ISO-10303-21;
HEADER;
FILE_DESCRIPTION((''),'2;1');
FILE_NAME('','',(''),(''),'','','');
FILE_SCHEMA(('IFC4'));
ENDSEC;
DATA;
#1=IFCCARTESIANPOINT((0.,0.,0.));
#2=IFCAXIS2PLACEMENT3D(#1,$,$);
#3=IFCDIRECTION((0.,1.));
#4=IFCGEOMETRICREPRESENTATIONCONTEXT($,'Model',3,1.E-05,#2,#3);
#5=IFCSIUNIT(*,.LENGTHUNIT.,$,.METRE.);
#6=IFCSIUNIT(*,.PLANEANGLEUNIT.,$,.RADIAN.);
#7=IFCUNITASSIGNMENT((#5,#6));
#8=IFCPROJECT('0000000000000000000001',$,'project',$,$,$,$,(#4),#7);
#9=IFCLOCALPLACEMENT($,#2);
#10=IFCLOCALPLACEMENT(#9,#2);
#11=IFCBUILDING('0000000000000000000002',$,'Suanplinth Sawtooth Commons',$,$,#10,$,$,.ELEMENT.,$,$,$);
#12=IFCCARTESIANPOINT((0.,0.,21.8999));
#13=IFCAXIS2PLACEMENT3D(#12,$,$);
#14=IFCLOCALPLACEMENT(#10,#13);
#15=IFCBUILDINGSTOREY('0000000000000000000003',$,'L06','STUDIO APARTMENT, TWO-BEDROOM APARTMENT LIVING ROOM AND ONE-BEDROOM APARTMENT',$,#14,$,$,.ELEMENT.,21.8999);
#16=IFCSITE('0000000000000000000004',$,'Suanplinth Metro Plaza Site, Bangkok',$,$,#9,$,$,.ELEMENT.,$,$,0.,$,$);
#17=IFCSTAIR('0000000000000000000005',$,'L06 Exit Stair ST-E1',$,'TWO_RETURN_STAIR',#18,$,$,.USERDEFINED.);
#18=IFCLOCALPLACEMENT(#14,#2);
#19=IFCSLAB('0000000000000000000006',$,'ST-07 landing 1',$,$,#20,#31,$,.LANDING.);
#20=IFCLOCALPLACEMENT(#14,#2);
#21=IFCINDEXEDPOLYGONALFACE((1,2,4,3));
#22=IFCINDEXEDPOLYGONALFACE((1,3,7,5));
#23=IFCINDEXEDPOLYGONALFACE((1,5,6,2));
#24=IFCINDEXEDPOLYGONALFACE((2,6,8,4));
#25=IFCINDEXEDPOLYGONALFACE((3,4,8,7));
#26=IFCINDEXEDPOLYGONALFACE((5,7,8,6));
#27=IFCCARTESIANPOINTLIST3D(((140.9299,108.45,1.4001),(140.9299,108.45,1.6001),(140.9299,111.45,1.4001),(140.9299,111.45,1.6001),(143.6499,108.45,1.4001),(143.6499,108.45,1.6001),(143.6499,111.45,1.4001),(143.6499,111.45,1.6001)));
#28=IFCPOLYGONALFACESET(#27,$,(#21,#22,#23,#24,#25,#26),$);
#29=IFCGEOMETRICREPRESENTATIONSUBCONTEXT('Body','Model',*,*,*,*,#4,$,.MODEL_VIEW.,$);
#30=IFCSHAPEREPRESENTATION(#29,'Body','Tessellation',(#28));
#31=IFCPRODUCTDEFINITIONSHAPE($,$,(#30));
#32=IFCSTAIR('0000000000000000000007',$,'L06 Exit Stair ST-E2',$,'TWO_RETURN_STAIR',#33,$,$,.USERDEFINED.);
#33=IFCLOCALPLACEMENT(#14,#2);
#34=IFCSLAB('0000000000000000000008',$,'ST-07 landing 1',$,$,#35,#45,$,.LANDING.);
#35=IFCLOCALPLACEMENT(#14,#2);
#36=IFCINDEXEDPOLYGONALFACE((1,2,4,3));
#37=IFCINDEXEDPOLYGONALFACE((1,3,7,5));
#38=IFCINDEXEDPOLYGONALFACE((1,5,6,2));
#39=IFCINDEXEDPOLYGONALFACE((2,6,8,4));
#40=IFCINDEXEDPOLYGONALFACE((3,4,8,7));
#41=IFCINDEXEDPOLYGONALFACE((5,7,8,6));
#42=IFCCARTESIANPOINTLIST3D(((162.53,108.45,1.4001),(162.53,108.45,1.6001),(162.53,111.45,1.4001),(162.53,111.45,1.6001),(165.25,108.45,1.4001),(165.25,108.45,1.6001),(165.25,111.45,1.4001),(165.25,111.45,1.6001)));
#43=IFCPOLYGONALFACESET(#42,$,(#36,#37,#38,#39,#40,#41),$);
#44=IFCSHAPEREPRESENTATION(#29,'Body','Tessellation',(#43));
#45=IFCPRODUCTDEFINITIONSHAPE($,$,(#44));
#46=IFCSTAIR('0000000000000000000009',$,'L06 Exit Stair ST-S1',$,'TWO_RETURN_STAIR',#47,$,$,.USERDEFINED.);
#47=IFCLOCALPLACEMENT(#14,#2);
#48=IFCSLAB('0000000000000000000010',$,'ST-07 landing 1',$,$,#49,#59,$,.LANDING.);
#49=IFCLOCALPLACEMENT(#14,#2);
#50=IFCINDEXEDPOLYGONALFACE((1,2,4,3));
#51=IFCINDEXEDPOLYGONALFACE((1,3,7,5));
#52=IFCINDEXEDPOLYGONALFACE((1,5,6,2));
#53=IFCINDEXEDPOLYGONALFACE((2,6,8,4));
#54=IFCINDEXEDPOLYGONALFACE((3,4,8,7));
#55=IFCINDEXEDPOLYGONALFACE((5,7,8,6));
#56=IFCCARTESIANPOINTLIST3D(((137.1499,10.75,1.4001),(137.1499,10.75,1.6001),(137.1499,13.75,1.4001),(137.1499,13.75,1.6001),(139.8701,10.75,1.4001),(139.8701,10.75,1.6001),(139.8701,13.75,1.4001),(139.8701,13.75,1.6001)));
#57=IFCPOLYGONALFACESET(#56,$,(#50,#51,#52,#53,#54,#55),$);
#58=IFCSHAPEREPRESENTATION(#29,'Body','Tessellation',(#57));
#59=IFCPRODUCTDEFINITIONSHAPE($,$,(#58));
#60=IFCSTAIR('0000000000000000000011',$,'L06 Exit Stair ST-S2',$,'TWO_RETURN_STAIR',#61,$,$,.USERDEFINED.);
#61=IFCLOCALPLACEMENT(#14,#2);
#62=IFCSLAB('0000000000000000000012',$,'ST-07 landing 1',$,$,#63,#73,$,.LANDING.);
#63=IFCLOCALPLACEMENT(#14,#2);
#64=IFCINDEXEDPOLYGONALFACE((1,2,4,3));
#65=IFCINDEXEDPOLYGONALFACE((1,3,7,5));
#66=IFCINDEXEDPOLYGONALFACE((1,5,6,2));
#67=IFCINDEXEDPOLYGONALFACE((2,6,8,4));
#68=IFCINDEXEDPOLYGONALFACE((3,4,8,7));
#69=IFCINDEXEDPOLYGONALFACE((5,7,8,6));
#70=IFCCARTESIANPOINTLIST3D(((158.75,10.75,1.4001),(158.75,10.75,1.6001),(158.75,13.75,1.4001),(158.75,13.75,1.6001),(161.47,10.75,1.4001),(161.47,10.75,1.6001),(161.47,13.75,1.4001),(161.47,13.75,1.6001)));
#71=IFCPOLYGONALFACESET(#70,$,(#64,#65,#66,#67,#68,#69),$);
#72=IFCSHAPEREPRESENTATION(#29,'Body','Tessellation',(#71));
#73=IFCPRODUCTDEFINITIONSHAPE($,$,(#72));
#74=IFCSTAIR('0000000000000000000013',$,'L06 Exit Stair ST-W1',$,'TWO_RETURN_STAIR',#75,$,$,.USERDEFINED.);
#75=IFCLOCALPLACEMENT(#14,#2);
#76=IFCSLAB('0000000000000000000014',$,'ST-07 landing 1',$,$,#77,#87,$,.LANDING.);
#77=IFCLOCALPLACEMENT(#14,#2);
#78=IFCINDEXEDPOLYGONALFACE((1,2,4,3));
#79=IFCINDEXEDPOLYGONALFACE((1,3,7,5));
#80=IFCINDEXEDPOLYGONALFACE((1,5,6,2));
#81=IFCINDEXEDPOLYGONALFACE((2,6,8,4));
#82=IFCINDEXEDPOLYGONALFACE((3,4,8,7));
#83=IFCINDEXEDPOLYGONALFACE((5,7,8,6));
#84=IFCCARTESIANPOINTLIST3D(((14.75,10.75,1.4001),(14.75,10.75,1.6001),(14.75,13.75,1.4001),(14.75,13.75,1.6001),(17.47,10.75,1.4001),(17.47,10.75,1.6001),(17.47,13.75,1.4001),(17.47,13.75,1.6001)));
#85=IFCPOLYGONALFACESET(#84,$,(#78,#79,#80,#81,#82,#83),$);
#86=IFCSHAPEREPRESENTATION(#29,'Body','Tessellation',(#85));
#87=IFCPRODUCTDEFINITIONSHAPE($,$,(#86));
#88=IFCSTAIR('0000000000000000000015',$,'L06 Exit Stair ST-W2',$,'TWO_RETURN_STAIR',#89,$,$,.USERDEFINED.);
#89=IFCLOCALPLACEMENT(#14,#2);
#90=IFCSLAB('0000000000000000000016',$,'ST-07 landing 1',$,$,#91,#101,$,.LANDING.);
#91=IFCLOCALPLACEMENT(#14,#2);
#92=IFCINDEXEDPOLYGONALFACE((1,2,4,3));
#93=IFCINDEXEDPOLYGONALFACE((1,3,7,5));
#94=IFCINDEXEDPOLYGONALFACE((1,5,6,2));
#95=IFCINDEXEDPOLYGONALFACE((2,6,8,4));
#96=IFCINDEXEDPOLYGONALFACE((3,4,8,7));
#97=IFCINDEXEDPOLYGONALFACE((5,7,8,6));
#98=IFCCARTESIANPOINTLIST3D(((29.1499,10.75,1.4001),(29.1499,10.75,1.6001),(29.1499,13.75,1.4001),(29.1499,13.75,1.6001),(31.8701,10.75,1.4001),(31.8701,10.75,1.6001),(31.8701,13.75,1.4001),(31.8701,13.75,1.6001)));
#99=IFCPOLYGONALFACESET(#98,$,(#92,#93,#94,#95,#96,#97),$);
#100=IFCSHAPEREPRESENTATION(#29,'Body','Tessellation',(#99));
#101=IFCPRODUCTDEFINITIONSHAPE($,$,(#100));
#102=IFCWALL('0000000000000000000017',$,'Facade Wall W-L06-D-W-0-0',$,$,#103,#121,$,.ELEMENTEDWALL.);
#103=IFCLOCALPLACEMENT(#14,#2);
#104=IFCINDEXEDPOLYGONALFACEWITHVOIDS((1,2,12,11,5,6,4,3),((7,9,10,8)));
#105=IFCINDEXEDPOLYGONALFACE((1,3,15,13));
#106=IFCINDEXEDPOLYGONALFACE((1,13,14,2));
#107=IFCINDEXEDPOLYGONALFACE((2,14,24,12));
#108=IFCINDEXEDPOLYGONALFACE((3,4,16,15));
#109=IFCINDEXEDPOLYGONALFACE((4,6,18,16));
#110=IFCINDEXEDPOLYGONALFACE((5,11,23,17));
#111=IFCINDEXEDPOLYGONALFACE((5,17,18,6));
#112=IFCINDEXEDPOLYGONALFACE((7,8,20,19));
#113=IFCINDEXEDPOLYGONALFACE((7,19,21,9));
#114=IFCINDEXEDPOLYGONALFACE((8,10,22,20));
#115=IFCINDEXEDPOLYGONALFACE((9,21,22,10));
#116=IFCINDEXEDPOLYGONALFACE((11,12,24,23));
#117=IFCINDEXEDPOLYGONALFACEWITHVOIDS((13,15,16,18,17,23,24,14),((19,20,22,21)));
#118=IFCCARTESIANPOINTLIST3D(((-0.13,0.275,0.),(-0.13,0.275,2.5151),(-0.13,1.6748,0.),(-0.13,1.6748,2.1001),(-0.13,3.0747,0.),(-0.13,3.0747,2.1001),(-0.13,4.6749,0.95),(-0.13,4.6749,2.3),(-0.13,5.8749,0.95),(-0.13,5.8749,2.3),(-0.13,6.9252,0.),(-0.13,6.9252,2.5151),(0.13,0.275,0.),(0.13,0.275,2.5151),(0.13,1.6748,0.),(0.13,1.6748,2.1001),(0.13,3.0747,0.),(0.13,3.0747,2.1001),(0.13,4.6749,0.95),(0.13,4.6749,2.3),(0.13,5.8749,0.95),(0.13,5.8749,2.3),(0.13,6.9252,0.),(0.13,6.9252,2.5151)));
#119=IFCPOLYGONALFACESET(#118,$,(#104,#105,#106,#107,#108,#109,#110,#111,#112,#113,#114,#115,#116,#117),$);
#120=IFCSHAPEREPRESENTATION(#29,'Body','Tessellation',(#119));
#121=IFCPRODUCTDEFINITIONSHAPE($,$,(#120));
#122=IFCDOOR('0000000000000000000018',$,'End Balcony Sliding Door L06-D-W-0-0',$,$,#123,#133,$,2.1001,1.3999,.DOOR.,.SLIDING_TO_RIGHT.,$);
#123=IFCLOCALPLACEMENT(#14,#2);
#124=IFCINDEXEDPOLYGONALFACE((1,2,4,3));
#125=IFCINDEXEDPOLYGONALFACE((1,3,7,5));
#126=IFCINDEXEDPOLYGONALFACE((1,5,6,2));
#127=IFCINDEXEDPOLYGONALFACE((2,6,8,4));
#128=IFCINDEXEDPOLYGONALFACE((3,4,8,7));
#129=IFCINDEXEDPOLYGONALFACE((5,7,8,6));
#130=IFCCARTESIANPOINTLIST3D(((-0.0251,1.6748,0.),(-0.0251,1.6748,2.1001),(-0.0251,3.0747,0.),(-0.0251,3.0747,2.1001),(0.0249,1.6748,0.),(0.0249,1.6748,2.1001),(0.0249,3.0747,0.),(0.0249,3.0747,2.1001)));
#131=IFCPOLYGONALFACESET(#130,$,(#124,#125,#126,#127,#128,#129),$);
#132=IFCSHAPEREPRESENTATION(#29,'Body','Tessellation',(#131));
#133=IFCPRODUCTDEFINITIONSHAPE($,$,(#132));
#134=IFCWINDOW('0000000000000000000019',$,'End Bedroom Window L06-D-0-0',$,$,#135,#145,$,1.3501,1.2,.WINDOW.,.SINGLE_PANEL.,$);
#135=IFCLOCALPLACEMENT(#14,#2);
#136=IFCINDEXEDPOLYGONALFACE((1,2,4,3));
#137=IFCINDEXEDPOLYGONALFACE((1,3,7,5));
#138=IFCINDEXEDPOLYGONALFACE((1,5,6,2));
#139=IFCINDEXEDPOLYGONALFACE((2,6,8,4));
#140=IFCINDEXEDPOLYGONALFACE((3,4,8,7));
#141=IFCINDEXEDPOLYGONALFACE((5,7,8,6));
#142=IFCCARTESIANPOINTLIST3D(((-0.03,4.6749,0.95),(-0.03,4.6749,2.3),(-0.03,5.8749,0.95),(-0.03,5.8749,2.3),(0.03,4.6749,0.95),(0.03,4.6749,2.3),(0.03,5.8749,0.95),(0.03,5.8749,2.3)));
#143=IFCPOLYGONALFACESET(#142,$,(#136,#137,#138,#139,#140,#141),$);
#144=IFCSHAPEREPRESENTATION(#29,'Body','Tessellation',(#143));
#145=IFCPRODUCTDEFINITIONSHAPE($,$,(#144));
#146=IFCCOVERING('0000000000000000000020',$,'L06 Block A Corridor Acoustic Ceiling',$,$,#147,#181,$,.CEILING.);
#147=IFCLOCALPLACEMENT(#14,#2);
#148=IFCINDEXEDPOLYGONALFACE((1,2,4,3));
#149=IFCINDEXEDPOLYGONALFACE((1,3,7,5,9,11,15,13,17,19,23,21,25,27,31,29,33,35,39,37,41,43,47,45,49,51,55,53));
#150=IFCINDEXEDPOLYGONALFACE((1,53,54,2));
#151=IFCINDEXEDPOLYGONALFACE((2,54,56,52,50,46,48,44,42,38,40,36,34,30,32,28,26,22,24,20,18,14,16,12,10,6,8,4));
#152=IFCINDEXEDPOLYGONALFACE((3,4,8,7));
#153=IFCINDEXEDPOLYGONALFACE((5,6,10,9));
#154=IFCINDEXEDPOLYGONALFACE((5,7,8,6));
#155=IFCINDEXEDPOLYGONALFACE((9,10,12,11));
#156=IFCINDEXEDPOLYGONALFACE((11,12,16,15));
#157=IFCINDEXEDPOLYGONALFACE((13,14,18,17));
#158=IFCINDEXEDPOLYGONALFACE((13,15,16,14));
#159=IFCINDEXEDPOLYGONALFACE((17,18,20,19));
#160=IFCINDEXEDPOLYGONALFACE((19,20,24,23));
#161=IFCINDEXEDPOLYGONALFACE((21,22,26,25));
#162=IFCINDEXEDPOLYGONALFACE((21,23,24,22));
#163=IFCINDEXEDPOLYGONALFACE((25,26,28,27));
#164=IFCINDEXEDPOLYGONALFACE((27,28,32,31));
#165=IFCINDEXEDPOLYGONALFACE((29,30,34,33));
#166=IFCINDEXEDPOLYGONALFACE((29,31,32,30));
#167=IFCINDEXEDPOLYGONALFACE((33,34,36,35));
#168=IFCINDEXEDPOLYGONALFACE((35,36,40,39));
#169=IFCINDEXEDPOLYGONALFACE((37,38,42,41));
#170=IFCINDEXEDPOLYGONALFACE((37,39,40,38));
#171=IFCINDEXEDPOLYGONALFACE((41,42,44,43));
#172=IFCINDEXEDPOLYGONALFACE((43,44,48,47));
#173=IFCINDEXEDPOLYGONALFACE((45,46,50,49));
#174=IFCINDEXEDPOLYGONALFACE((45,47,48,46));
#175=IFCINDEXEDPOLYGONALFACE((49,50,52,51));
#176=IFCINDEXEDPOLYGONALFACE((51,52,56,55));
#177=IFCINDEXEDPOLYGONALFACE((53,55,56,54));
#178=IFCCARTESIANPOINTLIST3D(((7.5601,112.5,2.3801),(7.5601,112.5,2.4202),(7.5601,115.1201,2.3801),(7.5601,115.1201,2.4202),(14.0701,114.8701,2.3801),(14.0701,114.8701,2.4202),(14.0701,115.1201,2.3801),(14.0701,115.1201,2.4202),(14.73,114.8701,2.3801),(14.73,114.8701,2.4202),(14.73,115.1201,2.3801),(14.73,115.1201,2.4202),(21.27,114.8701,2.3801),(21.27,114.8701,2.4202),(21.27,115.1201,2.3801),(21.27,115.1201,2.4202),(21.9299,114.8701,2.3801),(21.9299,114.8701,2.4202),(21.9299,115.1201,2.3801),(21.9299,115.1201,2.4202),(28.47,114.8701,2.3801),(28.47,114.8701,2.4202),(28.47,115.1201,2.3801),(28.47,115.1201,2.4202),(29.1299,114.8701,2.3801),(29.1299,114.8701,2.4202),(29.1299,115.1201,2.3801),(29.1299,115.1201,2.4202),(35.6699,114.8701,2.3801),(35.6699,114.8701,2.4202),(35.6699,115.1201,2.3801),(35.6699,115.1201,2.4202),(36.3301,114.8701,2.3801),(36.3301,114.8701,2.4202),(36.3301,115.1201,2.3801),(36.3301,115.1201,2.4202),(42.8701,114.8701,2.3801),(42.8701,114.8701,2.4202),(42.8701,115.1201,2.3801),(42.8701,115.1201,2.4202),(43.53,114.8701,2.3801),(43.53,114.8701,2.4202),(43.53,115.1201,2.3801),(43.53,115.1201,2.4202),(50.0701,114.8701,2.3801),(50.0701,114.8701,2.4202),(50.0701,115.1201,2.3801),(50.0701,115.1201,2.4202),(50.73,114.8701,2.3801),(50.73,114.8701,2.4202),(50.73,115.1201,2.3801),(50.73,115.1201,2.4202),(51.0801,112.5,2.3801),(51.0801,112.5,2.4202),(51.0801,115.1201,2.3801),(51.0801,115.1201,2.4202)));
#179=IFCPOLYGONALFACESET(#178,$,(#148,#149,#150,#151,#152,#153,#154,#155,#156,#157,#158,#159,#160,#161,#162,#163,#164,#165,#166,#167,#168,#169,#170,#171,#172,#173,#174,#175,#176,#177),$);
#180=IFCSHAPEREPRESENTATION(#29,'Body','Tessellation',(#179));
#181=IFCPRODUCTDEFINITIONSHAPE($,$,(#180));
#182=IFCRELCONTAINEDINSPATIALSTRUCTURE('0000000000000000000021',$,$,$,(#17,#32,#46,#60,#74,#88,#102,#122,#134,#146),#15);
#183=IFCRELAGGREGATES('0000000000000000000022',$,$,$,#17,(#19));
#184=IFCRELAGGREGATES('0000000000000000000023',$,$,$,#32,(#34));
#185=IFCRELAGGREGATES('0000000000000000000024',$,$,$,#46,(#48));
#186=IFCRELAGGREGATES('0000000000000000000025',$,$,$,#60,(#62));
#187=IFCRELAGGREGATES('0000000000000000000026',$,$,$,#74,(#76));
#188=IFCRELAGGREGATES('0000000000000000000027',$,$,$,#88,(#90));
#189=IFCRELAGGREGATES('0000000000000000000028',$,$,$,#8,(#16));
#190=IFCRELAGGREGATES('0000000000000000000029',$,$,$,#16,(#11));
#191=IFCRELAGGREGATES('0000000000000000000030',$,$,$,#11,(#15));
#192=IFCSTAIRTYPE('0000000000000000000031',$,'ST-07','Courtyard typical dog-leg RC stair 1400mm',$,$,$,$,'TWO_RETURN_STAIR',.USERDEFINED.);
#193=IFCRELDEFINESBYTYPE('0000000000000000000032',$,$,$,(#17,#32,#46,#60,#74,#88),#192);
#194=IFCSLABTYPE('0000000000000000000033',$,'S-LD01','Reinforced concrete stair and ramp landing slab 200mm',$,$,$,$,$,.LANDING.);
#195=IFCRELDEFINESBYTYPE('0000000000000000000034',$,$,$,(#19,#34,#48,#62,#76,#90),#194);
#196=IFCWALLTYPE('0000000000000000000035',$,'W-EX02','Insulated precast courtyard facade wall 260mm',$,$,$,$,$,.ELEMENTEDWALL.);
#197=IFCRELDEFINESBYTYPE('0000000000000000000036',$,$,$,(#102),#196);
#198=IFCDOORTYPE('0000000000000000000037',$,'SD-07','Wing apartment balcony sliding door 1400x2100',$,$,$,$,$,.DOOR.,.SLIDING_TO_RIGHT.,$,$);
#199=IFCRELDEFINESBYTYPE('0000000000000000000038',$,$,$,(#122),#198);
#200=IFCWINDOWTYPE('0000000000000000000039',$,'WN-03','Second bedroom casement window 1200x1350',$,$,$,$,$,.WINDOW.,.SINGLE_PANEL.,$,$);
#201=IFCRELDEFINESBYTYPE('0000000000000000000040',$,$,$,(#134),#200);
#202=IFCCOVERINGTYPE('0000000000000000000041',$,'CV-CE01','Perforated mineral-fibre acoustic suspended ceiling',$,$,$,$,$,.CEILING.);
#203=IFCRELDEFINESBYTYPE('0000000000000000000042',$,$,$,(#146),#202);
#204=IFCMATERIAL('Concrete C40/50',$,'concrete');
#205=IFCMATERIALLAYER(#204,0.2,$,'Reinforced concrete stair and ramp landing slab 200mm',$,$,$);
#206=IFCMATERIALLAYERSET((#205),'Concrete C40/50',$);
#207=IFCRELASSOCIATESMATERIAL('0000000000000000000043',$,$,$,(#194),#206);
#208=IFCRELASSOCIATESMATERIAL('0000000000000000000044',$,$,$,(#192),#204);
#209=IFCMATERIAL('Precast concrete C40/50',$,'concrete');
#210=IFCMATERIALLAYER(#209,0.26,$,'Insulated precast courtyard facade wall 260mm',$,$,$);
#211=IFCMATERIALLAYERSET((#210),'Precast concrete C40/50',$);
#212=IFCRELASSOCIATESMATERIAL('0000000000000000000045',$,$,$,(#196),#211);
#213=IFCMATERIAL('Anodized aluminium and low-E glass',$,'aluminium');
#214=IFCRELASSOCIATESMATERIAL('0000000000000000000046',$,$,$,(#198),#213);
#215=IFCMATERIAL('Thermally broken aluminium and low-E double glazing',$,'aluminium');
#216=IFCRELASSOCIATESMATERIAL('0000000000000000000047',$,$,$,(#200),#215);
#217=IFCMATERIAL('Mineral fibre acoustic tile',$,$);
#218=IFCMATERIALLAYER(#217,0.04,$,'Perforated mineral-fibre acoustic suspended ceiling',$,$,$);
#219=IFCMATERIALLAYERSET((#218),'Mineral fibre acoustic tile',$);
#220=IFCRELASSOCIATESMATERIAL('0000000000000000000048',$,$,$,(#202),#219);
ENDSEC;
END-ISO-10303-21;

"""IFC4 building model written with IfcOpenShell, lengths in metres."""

from ifc_helpers import new_model, si_unit, direction, frame, frame_2d, origin, place, context, subcontext, project, spatial, polyline, rectangle, outline, extrude, material, layer, layer_set, type_object, element, fill, aggregate, save


model = new_model("IFC4")

# Units and contexts
model_context = context("Model", 3, precision=1e-05, world=origin(), true_north=direction((0.0, 1.0)))
body_context = subcontext(model_context, "Body", "Model", "MODEL_VIEW")
ifc_project = project(units=[si_unit("LENGTHUNIT", "METRE"), si_unit("PLANEANGLEUNIT", "RADIAN")], contexts=[model_context])

# Site, building, storey
site_placement = place(None, origin())
site = spatial("IfcSite", under=ifc_project, at=site_placement, Name="Suanplinth Metro Plaza Site, Bangkok", CompositionType="ELEMENT", RefElevation=0.0)
building_placement = place(site_placement, origin())
building = spatial("IfcBuilding", under=site, at=building_placement, Name="Suanplinth Sawtooth Commons", CompositionType="ELEMENT")
storey_placement = place(building_placement, frame((0.0, 0.0, 21.8999)))
storey = spatial("IfcBuildingStorey", under=building, at=storey_placement, Name="L06", Description="STUDIO APARTMENT, TWO-BEDROOM APARTMENT LIVING ROOM AND ONE-BEDROOM APARTMENT", CompositionType="ELEMENT", Elevation=21.8999)

# Shared definitions
ifc_material_1 = material(Name="Precast concrete C40/50", Category="concrete")

# Stairs, slabs
ifc_material_2 = material(Name="Concrete C40/50", Category="concrete")
ifc_layer_1 = layer(ifc_material_2, 0.2, Name="Reinforced concrete stair and ramp landing slab 200mm")
ifc_layer_set_1 = layer_set([ifc_layer_1], Name="Concrete C40/50")
slab_type_1 = type_object("IfcSlabType", Name="S-LD01", Description="Reinforced concrete stair and ramp landing slab 200mm", PredefinedType="LANDING", material=ifc_layer_set_1)
stair_type_1 = type_object("IfcStairType", Name="ST-07", Description="Courtyard typical dog-leg RC stair 1400mm", ElementType="TWO_RETURN_STAIR", PredefinedType="USERDEFINED", material=ifc_material_2)
stair_1_placement = place(storey_placement, origin())
stair_1 = element("IfcStair", 1, at=stair_1_placement, inside=storey, type_object=stair_type_1, Name="L06 Exit Stair ST-E1", ObjectType="TWO_RETURN_STAIR", PredefinedType="USERDEFINED")
slab_1_placement = place(storey_placement, frame((0.0, 0.0, 1.4001)))
slab_1 = element("IfcSlab", 2, at=slab_1_placement, type_object=slab_type_1, Name="ST-07 landing 1", PredefinedType="LANDING", context=body_context, shape_type="SweptSolid", body=[
    extrude(outline(polyline([(140.9299, 108.45), (143.6499, 108.45), (143.6499, 111.45), (140.9299, 111.45), (140.9299, 108.45)])), origin(), (0.0, 0.0, 1.0), 0.2),
])
aggregate(stair_1, [slab_1])
stair_2_placement = place(storey_placement, origin())
stair_2 = element("IfcStair", 3, at=stair_2_placement, inside=storey, type_object=stair_type_1, Name="L06 Exit Stair ST-E2", ObjectType="TWO_RETURN_STAIR", PredefinedType="USERDEFINED")
slab_2_placement = place(storey_placement, frame((0.0, 0.0, 1.4001)))
slab_2 = element("IfcSlab", 4, at=slab_2_placement, type_object=slab_type_1, Name="ST-07 landing 1", PredefinedType="LANDING", context=body_context, shape_type="SweptSolid", body=[
    extrude(outline(polyline([(162.53, 108.45), (165.25, 108.45), (165.25, 111.45), (162.53, 111.45), (162.53, 108.45)])), origin(), (0.0, 0.0, 1.0), 0.2),
])
aggregate(stair_2, [slab_2])
stair_3_placement = place(storey_placement, origin())
stair_3 = element("IfcStair", 5, at=stair_3_placement, inside=storey, type_object=stair_type_1, Name="L06 Exit Stair ST-S1", ObjectType="TWO_RETURN_STAIR", PredefinedType="USERDEFINED")
slab_3_placement = place(storey_placement, frame((0.0, 0.0, 1.4001)))
slab_3 = element("IfcSlab", 6, at=slab_3_placement, type_object=slab_type_1, Name="ST-07 landing 1", PredefinedType="LANDING", context=body_context, shape_type="SweptSolid", body=[
    extrude(outline(polyline([(139.8701, 13.75), (137.1499, 13.75), (137.1499, 10.75), (139.8701, 10.75), (139.8701, 13.75)])), origin(), (0.0, 0.0, 1.0), 0.2),
])
aggregate(stair_3, [slab_3])
stair_4_placement = place(storey_placement, origin())
stair_4 = element("IfcStair", 7, at=stair_4_placement, inside=storey, type_object=stair_type_1, Name="L06 Exit Stair ST-S2", ObjectType="TWO_RETURN_STAIR", PredefinedType="USERDEFINED")
slab_4_placement = place(storey_placement, frame((0.0, 0.0, 1.4001)))
slab_4 = element("IfcSlab", 8, at=slab_4_placement, type_object=slab_type_1, Name="ST-07 landing 1", PredefinedType="LANDING", context=body_context, shape_type="SweptSolid", body=[
    extrude(outline(polyline([(161.47, 13.75), (158.75, 13.75), (158.75, 10.75), (161.47, 10.75), (161.47, 13.75)])), origin(), (0.0, 0.0, 1.0), 0.2),
])
aggregate(stair_4, [slab_4])
stair_5_placement = place(storey_placement, origin())
stair_5 = element("IfcStair", 9, at=stair_5_placement, inside=storey, type_object=stair_type_1, Name="L06 Exit Stair ST-W1", ObjectType="TWO_RETURN_STAIR", PredefinedType="USERDEFINED")
slab_5_placement = place(storey_placement, frame((0.0, 0.0, 1.4001)))
slab_5 = element("IfcSlab", 10, at=slab_5_placement, type_object=slab_type_1, Name="ST-07 landing 1", PredefinedType="LANDING", context=body_context, shape_type="SweptSolid", body=[
    extrude(outline(polyline([(17.47, 13.75), (14.75, 13.75), (14.75, 10.75), (17.47, 10.75), (17.47, 13.75)])), origin(), (0.0, 0.0, 1.0), 0.2),
])
aggregate(stair_5, [slab_5])
stair_6_placement = place(storey_placement, origin())
stair_6 = element("IfcStair", 11, at=stair_6_placement, inside=storey, type_object=stair_type_1, Name="L06 Exit Stair ST-W2", ObjectType="TWO_RETURN_STAIR", PredefinedType="USERDEFINED")
slab_6_placement = place(storey_placement, frame((0.0, 0.0, 1.4001)))
slab_6 = element("IfcSlab", 12, at=slab_6_placement, type_object=slab_type_1, Name="ST-07 landing 1", PredefinedType="LANDING", context=body_context, shape_type="SweptSolid", body=[
    extrude(outline(polyline([(31.8701, 13.75), (29.1499, 13.75), (29.1499, 10.75), (31.8701, 10.75), (31.8701, 13.75)])), origin(), (0.0, 0.0, 1.0), 0.2),
])
aggregate(stair_6, [slab_6])

# Wall, openings, door, window
ifc_layer_2 = layer(ifc_material_1, 0.26, Name="Insulated precast courtyard facade wall 260mm")
ifc_layer_set_2 = layer_set([ifc_layer_2], Name="Precast concrete C40/50")
wall_type = type_object("IfcWallType", Name="W-EX02", Description="Insulated precast courtyard facade wall 260mm", PredefinedType="ELEMENTEDWALL", material=ifc_layer_set_2)
wall_placement = place(storey_placement, frame((0.0, 0.2749, 0.0), z_axis=(0.0, 0.0, 1.0), x_axis=(0.0, 1.0, 0.0)))
wall = element("IfcWall", 13, at=wall_placement, inside=storey, type_object=wall_type, Name="Facade Wall W-L06-D-W-0-0", PredefinedType="ELEMENTEDWALL", context=body_context, shape_type="SweptSolid", body=[
    extrude(rectangle(XDim=6.6501, YDim=0.26, at=frame_2d((3.3252, 0.0))), origin(), (0.0, 0.0, 1.0), 2.5151),
])
opening_1_placement = place(wall_placement, frame((1.3999, 0.0, 0.0)))
opening_1 = element("IfcOpeningElement", 14, at=opening_1_placement, cuts=wall, PredefinedType="OPENING", context=body_context, shape_type="SweptSolid", body=[
    extrude(rectangle(XDim=1.3999, YDim=2.1001, at=frame_2d((0.7, 1.05))), frame((0.0, 0.145, 0.0), z_axis=(0.0, -1.0, 0.0), x_axis=(1.0, 0.0, 0.0)), (0.0, 0.0, 1.0), 0.2898),
])
opening_2_placement = place(wall_placement, frame((4.3999, 0.0, 0.95)))
opening_2 = element("IfcOpeningElement", 15, at=opening_2_placement, cuts=wall, PredefinedType="OPENING", context=body_context, shape_type="SweptSolid", body=[
    extrude(rectangle(XDim=1.2, YDim=1.3501, at=frame_2d((0.6001, 0.675))), frame((0.0, 0.145, 0.0), z_axis=(0.0, -1.0, 0.0), x_axis=(1.0, 0.0, 0.0)), (0.0, 0.0, 1.0), 0.2898),
])
ifc_material_3 = material(Name="Anodized aluminium and low-E glass", Category="aluminium")
door_type = type_object("IfcDoorType", Name="SD-07", Description="Wing apartment balcony sliding door 1400x2100", OperationType="SLIDING_TO_RIGHT", PredefinedType="DOOR", material=ifc_material_3)
door_placement = place(opening_1_placement, frame((1.3999, 0.0, 0.0), z_axis=(0.0, 0.0, 1.0), x_axis=(-1.0, 0.0, 0.0)))
door = element("IfcDoor", 16, at=door_placement, inside=storey, type_object=door_type, Name="End Balcony Sliding Door L06-D-W-0-0", OperationType="SLIDING_TO_RIGHT", OverallHeight=2.1001, OverallWidth=1.3999, PredefinedType="DOOR", context=body_context, shape_type="SweptSolid", body=[
    extrude(rectangle(XDim=1.3999, YDim=2.1001, at=frame_2d((0.7, 1.05))), frame((0.0, 0.0249, 0.0), z_axis=(0.0, -1.0, 0.0), x_axis=(1.0, 0.0, 0.0)), (0.0, 0.0, 1.0), 0.05),
])
fill(opening_1, door)
ifc_material_4 = material(Name="Thermally broken aluminium and low-E double glazing", Category="aluminium")
window_type = type_object("IfcWindowType", Name="WN-03", Description="Second bedroom casement window 1200x1350", PartitioningType="SINGLE_PANEL", PredefinedType="WINDOW", material=ifc_material_4)
window_placement = place(opening_2_placement, origin())
window = element("IfcWindow", 17, at=window_placement, inside=storey, type_object=window_type, Name="End Bedroom Window L06-D-0-0", OverallHeight=1.3501, OverallWidth=1.2, PartitioningType="SINGLE_PANEL", PredefinedType="WINDOW", context=body_context, shape_type="SweptSolid", body=[
    extrude(rectangle(XDim=1.2, YDim=1.3501, at=frame_2d((0.6001, 0.675))), frame((0.0, 0.03, 0.0), z_axis=(0.0, -1.0, 0.0), x_axis=(1.0, 0.0, 0.0)), (0.0, 0.0, 1.0), 0.0601),
])
fill(opening_2, window)

# Covering
ifc_material_5 = material(Name="Mineral fibre acoustic tile")
ifc_layer_3 = layer(ifc_material_5, 0.04, Name="Perforated mineral-fibre acoustic suspended ceiling")
ifc_layer_set_3 = layer_set([ifc_layer_3], Name="Mineral fibre acoustic tile")
covering_type = type_object("IfcCoveringType", Name="CV-CE01", Description="Perforated mineral-fibre acoustic suspended ceiling", PredefinedType="CEILING", material=ifc_layer_set_3)
covering_1_placement = place(storey_placement, frame((0.0, 0.0, 2.3801)))
element("IfcCovering", 18, at=covering_1_placement, inside=storey, type_object=covering_type, Name="L06 Block A Corridor Acoustic Ceiling", PredefinedType="CEILING", context=body_context, shape_type="SweptSolid", body=[
    extrude(outline(polyline([(7.5601, 112.5), (7.5601, 115.1201), (14.0701, 115.1201), (14.0701, 114.8701), (14.73, 114.8701), (14.73, 115.1201), (21.27, 115.1201), (21.27, 114.8701), (21.9299, 114.8701), (21.9299, 115.1201), (28.47, 115.1201), (28.47, 114.8701), (29.1299, 114.8701), (29.1299, 115.1201), (35.6699, 115.1201), (35.6699, 114.8701), (36.3301, 114.8701), (36.3301, 115.1201), (42.8701, 115.1201), (42.8701, 114.8701), (43.53, 114.8701), (43.53, 115.1201), (50.0701, 115.1201), (50.0701, 114.8701), (50.73, 114.8701), (50.73, 115.1201), (51.0801, 115.1201), (51.0801, 112.5), (7.5601, 112.5)])), origin(), (0.0, 0.0, 1.0), 0.04),
])

save(model, "model.ifc")
